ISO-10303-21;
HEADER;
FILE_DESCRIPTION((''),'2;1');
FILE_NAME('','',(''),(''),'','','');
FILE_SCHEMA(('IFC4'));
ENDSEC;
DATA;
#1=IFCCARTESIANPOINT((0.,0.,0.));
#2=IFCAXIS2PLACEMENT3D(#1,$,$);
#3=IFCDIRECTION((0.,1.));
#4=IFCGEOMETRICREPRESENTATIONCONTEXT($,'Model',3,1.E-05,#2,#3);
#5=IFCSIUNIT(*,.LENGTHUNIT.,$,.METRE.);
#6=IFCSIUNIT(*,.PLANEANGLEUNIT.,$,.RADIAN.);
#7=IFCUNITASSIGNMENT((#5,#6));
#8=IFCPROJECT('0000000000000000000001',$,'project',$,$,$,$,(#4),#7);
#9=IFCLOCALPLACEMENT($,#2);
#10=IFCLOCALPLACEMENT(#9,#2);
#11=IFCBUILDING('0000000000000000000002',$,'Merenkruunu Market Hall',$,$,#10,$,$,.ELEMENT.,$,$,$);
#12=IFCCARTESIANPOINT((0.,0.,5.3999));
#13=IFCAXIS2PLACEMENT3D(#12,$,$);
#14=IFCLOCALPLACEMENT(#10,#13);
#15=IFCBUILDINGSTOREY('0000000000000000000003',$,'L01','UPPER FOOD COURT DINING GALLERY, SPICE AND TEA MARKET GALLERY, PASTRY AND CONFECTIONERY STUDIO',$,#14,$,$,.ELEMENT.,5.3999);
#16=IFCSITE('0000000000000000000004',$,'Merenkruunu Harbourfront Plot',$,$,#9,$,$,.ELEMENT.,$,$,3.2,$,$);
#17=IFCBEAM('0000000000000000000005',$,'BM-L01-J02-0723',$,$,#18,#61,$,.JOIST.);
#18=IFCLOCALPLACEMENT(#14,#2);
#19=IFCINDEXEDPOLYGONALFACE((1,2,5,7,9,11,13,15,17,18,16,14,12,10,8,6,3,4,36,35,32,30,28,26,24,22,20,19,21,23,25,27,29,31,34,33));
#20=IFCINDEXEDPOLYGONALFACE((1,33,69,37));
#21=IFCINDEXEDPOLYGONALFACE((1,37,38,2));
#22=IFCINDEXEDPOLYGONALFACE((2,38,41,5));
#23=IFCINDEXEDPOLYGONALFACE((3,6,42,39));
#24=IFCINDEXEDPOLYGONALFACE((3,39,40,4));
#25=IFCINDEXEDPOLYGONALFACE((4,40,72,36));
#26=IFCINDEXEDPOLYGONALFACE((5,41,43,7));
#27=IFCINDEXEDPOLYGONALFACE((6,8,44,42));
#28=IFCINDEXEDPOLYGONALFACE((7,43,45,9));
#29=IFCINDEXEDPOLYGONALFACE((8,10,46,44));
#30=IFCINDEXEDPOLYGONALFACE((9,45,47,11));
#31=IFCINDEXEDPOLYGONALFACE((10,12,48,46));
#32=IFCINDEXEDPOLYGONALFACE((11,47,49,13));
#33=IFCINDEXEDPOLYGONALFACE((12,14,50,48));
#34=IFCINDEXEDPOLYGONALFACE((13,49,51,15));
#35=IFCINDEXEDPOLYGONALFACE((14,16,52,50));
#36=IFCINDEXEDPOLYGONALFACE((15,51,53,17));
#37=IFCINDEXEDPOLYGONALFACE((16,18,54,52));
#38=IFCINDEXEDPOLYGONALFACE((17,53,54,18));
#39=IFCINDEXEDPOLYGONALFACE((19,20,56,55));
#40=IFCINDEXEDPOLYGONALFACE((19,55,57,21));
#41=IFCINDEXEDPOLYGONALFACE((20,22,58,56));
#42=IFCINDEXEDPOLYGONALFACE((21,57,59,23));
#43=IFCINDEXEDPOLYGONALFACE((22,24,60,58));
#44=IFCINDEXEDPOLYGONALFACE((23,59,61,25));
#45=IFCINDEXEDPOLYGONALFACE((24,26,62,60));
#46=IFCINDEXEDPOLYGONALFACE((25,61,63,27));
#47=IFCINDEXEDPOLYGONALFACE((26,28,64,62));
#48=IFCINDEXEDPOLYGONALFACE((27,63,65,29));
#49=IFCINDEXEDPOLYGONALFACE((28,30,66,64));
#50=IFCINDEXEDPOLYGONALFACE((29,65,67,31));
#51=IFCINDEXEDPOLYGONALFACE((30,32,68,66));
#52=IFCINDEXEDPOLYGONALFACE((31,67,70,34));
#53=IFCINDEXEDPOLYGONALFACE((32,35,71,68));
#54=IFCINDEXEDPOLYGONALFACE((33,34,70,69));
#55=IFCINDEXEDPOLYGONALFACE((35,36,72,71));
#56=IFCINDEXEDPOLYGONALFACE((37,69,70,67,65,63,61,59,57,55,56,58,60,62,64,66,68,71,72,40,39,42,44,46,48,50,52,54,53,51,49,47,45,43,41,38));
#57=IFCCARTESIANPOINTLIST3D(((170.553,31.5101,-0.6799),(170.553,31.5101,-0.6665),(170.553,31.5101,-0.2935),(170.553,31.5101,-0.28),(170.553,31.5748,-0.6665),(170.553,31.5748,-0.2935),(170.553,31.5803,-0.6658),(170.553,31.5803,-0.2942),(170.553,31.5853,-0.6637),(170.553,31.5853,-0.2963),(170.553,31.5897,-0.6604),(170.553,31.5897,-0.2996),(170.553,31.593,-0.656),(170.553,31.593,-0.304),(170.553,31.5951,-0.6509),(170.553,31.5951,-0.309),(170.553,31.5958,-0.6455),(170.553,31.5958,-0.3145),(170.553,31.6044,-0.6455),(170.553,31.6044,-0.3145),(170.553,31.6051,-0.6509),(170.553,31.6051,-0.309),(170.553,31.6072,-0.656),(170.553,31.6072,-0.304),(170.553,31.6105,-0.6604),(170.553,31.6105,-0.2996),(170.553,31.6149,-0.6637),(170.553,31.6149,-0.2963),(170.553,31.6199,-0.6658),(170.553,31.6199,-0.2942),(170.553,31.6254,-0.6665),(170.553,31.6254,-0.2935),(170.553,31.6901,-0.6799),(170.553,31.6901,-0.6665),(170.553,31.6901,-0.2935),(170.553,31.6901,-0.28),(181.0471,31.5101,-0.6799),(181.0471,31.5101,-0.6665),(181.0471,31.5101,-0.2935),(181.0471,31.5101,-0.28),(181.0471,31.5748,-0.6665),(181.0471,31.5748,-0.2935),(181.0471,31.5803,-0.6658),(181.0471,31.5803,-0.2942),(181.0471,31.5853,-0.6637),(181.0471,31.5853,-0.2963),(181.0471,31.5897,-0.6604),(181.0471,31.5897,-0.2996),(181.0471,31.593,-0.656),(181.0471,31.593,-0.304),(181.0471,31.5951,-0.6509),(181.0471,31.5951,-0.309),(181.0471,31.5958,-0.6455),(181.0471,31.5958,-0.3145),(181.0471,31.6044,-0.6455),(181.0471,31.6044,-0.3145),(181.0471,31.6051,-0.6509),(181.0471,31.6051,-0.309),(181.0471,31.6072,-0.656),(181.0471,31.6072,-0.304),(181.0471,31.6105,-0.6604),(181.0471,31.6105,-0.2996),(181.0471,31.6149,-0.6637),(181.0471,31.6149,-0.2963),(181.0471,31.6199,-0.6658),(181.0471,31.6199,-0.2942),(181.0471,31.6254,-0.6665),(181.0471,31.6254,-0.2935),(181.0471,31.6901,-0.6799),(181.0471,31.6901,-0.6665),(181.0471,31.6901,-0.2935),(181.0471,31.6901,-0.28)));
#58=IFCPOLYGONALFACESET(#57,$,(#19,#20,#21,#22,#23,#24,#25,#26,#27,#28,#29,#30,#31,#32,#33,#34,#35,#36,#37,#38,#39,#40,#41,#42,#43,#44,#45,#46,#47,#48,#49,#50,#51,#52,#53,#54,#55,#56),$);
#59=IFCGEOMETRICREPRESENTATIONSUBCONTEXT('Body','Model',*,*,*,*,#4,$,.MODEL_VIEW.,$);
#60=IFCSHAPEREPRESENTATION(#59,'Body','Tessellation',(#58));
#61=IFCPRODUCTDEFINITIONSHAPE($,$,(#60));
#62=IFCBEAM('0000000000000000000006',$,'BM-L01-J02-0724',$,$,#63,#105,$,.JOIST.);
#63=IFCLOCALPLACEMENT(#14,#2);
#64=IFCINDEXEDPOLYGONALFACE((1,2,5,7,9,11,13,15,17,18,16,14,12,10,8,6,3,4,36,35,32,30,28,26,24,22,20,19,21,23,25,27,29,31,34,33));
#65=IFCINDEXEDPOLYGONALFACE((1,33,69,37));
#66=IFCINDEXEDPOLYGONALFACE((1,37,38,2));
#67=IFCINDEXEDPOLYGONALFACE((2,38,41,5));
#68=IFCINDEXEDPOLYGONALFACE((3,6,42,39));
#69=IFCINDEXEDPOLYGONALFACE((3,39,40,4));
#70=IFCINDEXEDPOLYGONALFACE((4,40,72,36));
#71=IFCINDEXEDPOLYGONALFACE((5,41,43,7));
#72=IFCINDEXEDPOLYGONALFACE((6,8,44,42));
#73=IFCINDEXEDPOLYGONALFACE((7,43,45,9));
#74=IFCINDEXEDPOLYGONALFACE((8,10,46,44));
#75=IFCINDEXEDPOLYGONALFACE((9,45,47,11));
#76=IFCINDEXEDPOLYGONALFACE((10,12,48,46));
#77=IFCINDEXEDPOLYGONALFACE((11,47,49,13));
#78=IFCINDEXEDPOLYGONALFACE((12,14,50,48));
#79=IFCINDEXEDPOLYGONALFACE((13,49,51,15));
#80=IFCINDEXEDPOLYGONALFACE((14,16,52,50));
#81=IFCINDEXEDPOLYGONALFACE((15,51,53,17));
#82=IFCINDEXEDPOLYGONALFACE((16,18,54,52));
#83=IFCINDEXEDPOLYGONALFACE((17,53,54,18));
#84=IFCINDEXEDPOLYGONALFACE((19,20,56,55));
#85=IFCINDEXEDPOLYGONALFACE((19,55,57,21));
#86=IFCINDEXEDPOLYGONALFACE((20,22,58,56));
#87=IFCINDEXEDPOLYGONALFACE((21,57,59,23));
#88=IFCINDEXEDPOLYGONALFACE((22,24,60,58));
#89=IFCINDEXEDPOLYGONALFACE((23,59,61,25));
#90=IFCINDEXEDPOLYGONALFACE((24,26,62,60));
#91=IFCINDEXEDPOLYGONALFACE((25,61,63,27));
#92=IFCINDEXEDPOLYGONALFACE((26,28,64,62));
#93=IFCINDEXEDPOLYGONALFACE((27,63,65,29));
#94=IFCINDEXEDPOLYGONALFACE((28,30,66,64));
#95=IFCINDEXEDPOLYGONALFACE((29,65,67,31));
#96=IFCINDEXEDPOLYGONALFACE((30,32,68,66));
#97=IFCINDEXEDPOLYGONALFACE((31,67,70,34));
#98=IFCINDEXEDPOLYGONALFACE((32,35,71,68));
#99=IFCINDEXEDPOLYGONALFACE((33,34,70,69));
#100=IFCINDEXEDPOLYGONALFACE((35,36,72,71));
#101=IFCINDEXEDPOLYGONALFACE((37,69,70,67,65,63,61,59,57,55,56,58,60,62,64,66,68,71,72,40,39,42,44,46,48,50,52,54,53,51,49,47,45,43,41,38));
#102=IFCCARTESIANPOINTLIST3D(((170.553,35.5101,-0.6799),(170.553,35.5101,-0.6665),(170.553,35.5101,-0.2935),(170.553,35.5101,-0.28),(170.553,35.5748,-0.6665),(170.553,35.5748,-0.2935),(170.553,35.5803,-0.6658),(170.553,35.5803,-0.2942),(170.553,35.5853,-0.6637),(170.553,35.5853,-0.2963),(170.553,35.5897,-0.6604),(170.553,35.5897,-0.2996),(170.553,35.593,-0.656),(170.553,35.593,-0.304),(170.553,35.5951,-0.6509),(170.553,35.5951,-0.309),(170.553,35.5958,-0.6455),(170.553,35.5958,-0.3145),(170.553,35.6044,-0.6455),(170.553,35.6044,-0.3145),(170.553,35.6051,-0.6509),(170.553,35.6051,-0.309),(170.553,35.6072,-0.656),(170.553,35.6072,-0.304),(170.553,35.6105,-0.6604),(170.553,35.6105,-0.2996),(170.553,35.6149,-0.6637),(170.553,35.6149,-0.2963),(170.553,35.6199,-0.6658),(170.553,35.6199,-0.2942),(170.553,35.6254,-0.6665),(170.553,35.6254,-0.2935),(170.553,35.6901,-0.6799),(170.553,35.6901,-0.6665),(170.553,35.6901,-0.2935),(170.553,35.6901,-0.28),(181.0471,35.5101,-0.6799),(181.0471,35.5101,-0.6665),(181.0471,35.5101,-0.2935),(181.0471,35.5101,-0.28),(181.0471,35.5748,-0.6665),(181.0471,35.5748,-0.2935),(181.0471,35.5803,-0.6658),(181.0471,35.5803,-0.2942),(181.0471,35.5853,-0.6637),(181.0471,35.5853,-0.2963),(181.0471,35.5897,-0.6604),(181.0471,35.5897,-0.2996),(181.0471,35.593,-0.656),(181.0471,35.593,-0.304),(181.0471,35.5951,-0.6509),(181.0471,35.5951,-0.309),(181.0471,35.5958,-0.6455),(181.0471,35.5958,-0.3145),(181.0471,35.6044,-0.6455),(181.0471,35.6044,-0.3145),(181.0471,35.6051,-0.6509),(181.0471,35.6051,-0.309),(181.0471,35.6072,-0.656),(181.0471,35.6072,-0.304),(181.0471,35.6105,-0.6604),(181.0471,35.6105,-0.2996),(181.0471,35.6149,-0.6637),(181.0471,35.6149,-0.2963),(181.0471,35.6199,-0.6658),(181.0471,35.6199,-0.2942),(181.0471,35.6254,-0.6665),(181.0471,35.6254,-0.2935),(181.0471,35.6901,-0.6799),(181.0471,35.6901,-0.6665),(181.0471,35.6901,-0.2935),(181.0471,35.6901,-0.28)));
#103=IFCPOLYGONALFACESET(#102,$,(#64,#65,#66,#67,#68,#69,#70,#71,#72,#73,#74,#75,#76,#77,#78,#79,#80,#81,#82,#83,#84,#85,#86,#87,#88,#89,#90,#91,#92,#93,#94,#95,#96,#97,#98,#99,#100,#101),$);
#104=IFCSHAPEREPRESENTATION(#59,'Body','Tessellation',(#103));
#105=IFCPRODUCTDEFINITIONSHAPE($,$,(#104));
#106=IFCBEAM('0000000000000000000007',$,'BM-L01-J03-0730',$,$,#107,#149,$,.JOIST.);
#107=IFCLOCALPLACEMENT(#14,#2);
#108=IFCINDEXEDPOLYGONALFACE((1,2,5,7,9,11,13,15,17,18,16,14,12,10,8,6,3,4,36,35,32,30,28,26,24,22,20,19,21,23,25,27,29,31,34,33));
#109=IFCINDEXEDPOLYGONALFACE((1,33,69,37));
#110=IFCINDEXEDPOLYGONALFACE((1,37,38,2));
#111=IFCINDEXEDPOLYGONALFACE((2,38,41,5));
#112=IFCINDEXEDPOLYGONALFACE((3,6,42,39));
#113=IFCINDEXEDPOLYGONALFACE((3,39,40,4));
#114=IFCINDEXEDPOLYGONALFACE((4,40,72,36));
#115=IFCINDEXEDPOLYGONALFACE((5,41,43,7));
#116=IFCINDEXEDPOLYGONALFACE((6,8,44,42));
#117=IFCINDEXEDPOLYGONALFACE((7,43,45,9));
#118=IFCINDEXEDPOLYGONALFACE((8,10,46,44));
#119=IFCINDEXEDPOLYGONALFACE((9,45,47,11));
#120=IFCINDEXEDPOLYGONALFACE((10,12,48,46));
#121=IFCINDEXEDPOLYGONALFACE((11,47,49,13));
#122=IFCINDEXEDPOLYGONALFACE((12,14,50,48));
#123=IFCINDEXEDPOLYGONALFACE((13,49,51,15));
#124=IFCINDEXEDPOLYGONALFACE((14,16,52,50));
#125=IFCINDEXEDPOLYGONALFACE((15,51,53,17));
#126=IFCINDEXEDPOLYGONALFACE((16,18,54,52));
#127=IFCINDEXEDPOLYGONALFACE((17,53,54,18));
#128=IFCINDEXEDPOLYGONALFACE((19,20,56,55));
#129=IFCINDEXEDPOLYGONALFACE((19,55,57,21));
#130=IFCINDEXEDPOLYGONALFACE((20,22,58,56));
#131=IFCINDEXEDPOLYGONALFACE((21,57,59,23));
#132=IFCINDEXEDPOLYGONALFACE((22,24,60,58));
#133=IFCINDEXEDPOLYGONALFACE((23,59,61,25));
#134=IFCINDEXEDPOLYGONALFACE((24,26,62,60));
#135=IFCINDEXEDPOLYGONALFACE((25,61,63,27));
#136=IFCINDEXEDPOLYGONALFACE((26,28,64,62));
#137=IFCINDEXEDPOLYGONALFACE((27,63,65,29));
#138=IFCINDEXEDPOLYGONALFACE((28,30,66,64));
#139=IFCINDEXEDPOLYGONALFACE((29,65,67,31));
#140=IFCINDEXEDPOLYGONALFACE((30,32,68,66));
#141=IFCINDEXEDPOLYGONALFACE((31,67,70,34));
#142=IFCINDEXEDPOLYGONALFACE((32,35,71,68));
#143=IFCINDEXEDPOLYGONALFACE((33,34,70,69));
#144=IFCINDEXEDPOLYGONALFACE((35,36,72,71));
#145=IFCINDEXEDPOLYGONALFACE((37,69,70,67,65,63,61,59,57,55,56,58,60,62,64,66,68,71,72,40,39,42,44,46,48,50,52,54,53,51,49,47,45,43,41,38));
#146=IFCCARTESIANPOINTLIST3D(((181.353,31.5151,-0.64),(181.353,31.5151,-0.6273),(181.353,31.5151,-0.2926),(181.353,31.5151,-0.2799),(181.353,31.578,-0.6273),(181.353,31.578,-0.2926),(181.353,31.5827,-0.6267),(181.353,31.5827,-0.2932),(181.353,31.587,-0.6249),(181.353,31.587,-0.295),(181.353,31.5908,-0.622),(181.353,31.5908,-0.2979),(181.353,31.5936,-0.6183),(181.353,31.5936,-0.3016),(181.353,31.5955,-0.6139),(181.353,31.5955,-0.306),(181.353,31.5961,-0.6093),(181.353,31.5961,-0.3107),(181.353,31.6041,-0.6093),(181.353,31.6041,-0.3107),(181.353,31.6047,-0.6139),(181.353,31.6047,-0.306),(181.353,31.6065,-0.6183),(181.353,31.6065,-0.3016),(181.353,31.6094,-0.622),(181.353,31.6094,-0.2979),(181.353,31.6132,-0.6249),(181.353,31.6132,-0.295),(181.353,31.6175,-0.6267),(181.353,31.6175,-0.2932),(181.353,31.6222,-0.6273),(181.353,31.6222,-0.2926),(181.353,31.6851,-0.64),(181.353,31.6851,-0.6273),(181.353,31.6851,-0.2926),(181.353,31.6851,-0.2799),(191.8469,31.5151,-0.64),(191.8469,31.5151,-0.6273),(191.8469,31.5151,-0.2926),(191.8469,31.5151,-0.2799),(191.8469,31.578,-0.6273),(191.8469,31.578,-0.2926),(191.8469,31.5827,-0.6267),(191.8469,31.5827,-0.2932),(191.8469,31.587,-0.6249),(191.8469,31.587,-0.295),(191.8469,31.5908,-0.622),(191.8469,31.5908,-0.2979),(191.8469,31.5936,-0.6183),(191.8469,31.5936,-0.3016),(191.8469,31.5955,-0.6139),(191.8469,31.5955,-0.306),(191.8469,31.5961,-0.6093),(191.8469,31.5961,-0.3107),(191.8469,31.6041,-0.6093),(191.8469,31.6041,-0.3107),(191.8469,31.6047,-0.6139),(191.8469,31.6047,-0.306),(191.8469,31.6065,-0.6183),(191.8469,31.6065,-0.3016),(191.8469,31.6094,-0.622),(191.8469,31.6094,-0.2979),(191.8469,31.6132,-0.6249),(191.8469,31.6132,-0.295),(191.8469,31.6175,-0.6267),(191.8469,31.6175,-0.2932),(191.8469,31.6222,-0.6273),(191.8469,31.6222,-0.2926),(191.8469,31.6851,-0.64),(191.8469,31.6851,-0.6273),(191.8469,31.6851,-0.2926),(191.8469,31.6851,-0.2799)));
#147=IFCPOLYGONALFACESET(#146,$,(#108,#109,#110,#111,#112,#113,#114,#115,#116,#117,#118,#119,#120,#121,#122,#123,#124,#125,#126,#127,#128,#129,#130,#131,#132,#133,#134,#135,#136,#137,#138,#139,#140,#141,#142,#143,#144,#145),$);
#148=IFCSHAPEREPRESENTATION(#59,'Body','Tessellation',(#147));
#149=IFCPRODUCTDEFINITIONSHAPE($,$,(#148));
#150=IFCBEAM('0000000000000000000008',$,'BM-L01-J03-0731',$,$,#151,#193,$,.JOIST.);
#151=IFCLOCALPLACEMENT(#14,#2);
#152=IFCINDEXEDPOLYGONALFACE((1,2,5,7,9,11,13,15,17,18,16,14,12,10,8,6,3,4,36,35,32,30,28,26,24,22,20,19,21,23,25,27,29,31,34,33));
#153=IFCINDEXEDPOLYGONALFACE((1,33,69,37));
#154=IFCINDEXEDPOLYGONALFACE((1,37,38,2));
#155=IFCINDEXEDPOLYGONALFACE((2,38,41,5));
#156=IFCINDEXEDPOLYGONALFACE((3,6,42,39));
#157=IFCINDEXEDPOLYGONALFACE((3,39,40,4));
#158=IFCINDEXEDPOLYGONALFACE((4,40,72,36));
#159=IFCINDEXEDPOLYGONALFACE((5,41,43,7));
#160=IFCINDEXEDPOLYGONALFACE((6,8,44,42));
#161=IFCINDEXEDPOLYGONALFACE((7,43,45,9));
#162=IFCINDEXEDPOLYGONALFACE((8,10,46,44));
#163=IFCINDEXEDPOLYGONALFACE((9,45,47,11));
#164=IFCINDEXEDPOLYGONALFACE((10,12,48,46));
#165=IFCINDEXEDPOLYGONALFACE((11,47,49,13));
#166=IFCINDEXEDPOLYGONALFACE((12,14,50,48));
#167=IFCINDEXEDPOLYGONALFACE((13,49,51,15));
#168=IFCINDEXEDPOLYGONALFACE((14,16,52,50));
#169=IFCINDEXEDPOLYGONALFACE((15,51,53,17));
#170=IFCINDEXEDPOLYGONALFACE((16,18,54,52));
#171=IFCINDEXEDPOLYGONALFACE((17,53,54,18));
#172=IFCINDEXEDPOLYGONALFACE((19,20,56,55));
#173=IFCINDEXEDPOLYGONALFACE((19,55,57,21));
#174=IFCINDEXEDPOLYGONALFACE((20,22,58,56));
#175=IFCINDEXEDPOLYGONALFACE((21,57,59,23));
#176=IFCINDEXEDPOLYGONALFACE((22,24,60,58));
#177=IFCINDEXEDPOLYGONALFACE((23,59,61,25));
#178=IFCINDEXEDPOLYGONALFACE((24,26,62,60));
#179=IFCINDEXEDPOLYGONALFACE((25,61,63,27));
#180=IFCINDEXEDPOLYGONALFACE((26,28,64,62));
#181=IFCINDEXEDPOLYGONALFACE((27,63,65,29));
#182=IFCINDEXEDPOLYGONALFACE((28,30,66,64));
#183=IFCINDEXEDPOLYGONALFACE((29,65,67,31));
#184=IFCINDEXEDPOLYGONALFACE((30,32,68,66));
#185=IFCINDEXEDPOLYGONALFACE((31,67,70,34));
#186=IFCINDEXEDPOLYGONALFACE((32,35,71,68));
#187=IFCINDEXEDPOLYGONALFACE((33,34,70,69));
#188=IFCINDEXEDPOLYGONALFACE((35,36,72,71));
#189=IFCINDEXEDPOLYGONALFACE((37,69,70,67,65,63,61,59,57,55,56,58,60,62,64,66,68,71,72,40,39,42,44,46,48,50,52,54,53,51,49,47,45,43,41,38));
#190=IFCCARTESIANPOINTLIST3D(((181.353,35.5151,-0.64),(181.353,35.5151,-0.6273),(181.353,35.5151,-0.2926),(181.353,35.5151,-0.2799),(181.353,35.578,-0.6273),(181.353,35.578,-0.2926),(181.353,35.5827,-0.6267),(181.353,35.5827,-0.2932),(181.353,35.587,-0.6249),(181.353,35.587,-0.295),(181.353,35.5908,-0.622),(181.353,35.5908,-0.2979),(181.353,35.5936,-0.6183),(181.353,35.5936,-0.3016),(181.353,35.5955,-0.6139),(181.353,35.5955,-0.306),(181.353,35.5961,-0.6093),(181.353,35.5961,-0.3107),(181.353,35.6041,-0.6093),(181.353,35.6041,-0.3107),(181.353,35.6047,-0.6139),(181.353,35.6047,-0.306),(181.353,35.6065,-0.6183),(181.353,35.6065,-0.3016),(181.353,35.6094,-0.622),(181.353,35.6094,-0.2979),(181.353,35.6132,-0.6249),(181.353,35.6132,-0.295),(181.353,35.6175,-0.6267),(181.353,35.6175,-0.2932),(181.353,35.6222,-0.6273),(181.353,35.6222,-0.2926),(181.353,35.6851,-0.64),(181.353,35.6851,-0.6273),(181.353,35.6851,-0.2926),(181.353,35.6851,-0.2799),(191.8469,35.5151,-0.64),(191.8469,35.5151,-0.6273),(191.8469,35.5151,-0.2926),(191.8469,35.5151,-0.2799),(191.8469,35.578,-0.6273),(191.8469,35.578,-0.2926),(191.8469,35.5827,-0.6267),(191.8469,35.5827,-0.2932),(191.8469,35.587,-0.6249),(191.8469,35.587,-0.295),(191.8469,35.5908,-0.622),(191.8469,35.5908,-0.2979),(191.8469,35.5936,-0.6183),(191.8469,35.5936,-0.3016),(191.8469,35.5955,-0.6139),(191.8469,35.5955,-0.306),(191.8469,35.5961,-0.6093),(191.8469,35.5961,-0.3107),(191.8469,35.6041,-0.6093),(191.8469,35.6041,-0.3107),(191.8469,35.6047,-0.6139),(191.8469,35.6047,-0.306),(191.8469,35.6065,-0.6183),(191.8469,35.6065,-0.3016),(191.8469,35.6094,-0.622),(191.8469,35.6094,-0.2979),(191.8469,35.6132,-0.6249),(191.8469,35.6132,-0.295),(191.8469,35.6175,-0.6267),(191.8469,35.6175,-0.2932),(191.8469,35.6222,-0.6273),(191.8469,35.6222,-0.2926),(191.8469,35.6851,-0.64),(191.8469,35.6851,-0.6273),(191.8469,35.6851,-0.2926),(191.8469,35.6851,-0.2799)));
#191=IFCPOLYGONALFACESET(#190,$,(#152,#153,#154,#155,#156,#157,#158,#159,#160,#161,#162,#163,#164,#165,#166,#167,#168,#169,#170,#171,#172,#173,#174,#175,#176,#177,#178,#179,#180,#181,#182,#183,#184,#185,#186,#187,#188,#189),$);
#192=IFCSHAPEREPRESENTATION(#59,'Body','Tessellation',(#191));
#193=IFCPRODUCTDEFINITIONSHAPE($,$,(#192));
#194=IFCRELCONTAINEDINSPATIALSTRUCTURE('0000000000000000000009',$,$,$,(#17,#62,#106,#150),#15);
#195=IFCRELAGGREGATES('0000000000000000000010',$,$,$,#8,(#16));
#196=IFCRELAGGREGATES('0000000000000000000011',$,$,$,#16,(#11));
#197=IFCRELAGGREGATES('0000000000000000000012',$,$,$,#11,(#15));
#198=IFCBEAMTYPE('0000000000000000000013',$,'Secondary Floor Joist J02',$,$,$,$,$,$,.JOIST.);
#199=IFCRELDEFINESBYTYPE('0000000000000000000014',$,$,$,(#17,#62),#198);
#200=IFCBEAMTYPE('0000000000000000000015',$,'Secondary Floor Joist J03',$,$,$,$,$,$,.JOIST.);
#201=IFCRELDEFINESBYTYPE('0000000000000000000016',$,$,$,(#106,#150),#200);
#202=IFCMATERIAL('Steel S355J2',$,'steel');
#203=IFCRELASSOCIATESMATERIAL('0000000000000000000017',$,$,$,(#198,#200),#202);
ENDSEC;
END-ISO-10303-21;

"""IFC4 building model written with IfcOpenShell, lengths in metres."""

from ifc_helpers import new_model, si_unit, direction, frame, origin, origin_2d, place, context, subcontext, project, spatial, i_section, extrude, material, material_profile, profile_set, type_object, element, save


model = new_model("IFC4")

# Units and contexts
model_context = context("Model", 3, precision=1e-05, world=origin(), true_north=direction((0.0, 1.0)))
body_context = subcontext(model_context, "Body", "Model", "MODEL_VIEW")
ifc_project = project(units=[si_unit("LENGTHUNIT", "METRE"), si_unit("PLANEANGLEUNIT", "RADIAN")], contexts=[model_context])

# Site, building, storey
site_placement = place(None, origin())
site = spatial("IfcSite", under=ifc_project, at=site_placement, Name="Merenkruunu Harbourfront Plot", CompositionType="ELEMENT", RefElevation=3.2)
building_placement = place(site_placement, origin())
building = spatial("IfcBuilding", under=site, at=building_placement, Name="Merenkruunu Market Hall", CompositionType="ELEMENT")
storey_placement = place(building_placement, frame((0.0, 0.0, 5.3999)))
storey = spatial("IfcBuildingStorey", under=building, at=storey_placement, Name="L01", Description="UPPER FOOD COURT DINING GALLERY, SPICE AND TEA MARKET GALLERY, PASTRY AND CONFECTIONERY STUDIO", CompositionType="ELEMENT", Elevation=5.3999)

# Shared definitions
ifc_material_1 = material(Name="Steel S355J2", Category="steel")

# Beams
ifc_material_profile_1 = material_profile(ifc_material_1, i_section(OverallWidth=0.1799, OverallDepth=0.3999, WebThickness=0.0085, FlangeThickness=0.0134, FilletRadius=0.021, at=origin_2d()), Name="IPE 400")
ifc_profile_set_1 = profile_set([ifc_material_profile_1], Name="Steel S355J2")
beam_type_1 = type_object("IfcBeamType", Name="Secondary Floor Joist J02", PredefinedType="JOIST", material=ifc_profile_set_1)
for number, where, z_axis, x_axis, name in (
    (1, (170.553, 31.6001, -0.48), (1.0, 0.0, 0.0), (0.0, 1.0, 0.0), "BM-L01-J02-0723"),
    (2, (170.553, 35.6001, -0.48), (1.0, 0.0, 0.0), (0.0, 1.0, 0.0), "BM-L01-J02-0724"),
):
    element("IfcBeam", number, at=place(storey_placement, frame(where, z_axis=z_axis, x_axis=x_axis)), inside=storey, type_object=beam_type_1, Name=name, PredefinedType="JOIST", context=body_context, shape_type="SweptSolid", body=[
        extrude(i_section(OverallWidth=0.1799, OverallDepth=0.3999, WebThickness=0.0085, FlangeThickness=0.0134, FilletRadius=0.021, at=origin_2d()), origin(), (0.0, 0.0, 1.0), 10.4941),
    ])
ifc_material_profile_2 = material_profile(ifc_material_1, i_section(OverallWidth=0.1699, OverallDepth=0.3601, WebThickness=0.0081, FlangeThickness=0.0127, FilletRadius=0.0181, at=origin_2d()), Name="IPE 360")
ifc_profile_set_2 = profile_set([ifc_material_profile_2], Name="Steel S355J2")
beam_type_2 = type_object("IfcBeamType", Name="Secondary Floor Joist J03", PredefinedType="JOIST", material=ifc_profile_set_2)
for number, where, z_axis, x_axis, name in (
    (3, (181.353, 31.6001, -0.46), (1.0, 0.0, 0.0), (0.0, 1.0, 0.0), "BM-L01-J03-0730"),
    (4, (181.353, 35.6001, -0.46), (1.0, 0.0, 0.0), (0.0, 1.0, 0.0), "BM-L01-J03-0731"),
):
    element("IfcBeam", number, at=place(storey_placement, frame(where, z_axis=z_axis, x_axis=x_axis)), inside=storey, type_object=beam_type_2, Name=name, PredefinedType="JOIST", context=body_context, shape_type="SweptSolid", body=[
        extrude(i_section(OverallWidth=0.1699, OverallDepth=0.3601, WebThickness=0.0081, FlangeThickness=0.0127, FilletRadius=0.0181, at=origin_2d()), origin(), (0.0, 0.0, 1.0), 10.4939),
    ])

save(model, "model.ifc")
